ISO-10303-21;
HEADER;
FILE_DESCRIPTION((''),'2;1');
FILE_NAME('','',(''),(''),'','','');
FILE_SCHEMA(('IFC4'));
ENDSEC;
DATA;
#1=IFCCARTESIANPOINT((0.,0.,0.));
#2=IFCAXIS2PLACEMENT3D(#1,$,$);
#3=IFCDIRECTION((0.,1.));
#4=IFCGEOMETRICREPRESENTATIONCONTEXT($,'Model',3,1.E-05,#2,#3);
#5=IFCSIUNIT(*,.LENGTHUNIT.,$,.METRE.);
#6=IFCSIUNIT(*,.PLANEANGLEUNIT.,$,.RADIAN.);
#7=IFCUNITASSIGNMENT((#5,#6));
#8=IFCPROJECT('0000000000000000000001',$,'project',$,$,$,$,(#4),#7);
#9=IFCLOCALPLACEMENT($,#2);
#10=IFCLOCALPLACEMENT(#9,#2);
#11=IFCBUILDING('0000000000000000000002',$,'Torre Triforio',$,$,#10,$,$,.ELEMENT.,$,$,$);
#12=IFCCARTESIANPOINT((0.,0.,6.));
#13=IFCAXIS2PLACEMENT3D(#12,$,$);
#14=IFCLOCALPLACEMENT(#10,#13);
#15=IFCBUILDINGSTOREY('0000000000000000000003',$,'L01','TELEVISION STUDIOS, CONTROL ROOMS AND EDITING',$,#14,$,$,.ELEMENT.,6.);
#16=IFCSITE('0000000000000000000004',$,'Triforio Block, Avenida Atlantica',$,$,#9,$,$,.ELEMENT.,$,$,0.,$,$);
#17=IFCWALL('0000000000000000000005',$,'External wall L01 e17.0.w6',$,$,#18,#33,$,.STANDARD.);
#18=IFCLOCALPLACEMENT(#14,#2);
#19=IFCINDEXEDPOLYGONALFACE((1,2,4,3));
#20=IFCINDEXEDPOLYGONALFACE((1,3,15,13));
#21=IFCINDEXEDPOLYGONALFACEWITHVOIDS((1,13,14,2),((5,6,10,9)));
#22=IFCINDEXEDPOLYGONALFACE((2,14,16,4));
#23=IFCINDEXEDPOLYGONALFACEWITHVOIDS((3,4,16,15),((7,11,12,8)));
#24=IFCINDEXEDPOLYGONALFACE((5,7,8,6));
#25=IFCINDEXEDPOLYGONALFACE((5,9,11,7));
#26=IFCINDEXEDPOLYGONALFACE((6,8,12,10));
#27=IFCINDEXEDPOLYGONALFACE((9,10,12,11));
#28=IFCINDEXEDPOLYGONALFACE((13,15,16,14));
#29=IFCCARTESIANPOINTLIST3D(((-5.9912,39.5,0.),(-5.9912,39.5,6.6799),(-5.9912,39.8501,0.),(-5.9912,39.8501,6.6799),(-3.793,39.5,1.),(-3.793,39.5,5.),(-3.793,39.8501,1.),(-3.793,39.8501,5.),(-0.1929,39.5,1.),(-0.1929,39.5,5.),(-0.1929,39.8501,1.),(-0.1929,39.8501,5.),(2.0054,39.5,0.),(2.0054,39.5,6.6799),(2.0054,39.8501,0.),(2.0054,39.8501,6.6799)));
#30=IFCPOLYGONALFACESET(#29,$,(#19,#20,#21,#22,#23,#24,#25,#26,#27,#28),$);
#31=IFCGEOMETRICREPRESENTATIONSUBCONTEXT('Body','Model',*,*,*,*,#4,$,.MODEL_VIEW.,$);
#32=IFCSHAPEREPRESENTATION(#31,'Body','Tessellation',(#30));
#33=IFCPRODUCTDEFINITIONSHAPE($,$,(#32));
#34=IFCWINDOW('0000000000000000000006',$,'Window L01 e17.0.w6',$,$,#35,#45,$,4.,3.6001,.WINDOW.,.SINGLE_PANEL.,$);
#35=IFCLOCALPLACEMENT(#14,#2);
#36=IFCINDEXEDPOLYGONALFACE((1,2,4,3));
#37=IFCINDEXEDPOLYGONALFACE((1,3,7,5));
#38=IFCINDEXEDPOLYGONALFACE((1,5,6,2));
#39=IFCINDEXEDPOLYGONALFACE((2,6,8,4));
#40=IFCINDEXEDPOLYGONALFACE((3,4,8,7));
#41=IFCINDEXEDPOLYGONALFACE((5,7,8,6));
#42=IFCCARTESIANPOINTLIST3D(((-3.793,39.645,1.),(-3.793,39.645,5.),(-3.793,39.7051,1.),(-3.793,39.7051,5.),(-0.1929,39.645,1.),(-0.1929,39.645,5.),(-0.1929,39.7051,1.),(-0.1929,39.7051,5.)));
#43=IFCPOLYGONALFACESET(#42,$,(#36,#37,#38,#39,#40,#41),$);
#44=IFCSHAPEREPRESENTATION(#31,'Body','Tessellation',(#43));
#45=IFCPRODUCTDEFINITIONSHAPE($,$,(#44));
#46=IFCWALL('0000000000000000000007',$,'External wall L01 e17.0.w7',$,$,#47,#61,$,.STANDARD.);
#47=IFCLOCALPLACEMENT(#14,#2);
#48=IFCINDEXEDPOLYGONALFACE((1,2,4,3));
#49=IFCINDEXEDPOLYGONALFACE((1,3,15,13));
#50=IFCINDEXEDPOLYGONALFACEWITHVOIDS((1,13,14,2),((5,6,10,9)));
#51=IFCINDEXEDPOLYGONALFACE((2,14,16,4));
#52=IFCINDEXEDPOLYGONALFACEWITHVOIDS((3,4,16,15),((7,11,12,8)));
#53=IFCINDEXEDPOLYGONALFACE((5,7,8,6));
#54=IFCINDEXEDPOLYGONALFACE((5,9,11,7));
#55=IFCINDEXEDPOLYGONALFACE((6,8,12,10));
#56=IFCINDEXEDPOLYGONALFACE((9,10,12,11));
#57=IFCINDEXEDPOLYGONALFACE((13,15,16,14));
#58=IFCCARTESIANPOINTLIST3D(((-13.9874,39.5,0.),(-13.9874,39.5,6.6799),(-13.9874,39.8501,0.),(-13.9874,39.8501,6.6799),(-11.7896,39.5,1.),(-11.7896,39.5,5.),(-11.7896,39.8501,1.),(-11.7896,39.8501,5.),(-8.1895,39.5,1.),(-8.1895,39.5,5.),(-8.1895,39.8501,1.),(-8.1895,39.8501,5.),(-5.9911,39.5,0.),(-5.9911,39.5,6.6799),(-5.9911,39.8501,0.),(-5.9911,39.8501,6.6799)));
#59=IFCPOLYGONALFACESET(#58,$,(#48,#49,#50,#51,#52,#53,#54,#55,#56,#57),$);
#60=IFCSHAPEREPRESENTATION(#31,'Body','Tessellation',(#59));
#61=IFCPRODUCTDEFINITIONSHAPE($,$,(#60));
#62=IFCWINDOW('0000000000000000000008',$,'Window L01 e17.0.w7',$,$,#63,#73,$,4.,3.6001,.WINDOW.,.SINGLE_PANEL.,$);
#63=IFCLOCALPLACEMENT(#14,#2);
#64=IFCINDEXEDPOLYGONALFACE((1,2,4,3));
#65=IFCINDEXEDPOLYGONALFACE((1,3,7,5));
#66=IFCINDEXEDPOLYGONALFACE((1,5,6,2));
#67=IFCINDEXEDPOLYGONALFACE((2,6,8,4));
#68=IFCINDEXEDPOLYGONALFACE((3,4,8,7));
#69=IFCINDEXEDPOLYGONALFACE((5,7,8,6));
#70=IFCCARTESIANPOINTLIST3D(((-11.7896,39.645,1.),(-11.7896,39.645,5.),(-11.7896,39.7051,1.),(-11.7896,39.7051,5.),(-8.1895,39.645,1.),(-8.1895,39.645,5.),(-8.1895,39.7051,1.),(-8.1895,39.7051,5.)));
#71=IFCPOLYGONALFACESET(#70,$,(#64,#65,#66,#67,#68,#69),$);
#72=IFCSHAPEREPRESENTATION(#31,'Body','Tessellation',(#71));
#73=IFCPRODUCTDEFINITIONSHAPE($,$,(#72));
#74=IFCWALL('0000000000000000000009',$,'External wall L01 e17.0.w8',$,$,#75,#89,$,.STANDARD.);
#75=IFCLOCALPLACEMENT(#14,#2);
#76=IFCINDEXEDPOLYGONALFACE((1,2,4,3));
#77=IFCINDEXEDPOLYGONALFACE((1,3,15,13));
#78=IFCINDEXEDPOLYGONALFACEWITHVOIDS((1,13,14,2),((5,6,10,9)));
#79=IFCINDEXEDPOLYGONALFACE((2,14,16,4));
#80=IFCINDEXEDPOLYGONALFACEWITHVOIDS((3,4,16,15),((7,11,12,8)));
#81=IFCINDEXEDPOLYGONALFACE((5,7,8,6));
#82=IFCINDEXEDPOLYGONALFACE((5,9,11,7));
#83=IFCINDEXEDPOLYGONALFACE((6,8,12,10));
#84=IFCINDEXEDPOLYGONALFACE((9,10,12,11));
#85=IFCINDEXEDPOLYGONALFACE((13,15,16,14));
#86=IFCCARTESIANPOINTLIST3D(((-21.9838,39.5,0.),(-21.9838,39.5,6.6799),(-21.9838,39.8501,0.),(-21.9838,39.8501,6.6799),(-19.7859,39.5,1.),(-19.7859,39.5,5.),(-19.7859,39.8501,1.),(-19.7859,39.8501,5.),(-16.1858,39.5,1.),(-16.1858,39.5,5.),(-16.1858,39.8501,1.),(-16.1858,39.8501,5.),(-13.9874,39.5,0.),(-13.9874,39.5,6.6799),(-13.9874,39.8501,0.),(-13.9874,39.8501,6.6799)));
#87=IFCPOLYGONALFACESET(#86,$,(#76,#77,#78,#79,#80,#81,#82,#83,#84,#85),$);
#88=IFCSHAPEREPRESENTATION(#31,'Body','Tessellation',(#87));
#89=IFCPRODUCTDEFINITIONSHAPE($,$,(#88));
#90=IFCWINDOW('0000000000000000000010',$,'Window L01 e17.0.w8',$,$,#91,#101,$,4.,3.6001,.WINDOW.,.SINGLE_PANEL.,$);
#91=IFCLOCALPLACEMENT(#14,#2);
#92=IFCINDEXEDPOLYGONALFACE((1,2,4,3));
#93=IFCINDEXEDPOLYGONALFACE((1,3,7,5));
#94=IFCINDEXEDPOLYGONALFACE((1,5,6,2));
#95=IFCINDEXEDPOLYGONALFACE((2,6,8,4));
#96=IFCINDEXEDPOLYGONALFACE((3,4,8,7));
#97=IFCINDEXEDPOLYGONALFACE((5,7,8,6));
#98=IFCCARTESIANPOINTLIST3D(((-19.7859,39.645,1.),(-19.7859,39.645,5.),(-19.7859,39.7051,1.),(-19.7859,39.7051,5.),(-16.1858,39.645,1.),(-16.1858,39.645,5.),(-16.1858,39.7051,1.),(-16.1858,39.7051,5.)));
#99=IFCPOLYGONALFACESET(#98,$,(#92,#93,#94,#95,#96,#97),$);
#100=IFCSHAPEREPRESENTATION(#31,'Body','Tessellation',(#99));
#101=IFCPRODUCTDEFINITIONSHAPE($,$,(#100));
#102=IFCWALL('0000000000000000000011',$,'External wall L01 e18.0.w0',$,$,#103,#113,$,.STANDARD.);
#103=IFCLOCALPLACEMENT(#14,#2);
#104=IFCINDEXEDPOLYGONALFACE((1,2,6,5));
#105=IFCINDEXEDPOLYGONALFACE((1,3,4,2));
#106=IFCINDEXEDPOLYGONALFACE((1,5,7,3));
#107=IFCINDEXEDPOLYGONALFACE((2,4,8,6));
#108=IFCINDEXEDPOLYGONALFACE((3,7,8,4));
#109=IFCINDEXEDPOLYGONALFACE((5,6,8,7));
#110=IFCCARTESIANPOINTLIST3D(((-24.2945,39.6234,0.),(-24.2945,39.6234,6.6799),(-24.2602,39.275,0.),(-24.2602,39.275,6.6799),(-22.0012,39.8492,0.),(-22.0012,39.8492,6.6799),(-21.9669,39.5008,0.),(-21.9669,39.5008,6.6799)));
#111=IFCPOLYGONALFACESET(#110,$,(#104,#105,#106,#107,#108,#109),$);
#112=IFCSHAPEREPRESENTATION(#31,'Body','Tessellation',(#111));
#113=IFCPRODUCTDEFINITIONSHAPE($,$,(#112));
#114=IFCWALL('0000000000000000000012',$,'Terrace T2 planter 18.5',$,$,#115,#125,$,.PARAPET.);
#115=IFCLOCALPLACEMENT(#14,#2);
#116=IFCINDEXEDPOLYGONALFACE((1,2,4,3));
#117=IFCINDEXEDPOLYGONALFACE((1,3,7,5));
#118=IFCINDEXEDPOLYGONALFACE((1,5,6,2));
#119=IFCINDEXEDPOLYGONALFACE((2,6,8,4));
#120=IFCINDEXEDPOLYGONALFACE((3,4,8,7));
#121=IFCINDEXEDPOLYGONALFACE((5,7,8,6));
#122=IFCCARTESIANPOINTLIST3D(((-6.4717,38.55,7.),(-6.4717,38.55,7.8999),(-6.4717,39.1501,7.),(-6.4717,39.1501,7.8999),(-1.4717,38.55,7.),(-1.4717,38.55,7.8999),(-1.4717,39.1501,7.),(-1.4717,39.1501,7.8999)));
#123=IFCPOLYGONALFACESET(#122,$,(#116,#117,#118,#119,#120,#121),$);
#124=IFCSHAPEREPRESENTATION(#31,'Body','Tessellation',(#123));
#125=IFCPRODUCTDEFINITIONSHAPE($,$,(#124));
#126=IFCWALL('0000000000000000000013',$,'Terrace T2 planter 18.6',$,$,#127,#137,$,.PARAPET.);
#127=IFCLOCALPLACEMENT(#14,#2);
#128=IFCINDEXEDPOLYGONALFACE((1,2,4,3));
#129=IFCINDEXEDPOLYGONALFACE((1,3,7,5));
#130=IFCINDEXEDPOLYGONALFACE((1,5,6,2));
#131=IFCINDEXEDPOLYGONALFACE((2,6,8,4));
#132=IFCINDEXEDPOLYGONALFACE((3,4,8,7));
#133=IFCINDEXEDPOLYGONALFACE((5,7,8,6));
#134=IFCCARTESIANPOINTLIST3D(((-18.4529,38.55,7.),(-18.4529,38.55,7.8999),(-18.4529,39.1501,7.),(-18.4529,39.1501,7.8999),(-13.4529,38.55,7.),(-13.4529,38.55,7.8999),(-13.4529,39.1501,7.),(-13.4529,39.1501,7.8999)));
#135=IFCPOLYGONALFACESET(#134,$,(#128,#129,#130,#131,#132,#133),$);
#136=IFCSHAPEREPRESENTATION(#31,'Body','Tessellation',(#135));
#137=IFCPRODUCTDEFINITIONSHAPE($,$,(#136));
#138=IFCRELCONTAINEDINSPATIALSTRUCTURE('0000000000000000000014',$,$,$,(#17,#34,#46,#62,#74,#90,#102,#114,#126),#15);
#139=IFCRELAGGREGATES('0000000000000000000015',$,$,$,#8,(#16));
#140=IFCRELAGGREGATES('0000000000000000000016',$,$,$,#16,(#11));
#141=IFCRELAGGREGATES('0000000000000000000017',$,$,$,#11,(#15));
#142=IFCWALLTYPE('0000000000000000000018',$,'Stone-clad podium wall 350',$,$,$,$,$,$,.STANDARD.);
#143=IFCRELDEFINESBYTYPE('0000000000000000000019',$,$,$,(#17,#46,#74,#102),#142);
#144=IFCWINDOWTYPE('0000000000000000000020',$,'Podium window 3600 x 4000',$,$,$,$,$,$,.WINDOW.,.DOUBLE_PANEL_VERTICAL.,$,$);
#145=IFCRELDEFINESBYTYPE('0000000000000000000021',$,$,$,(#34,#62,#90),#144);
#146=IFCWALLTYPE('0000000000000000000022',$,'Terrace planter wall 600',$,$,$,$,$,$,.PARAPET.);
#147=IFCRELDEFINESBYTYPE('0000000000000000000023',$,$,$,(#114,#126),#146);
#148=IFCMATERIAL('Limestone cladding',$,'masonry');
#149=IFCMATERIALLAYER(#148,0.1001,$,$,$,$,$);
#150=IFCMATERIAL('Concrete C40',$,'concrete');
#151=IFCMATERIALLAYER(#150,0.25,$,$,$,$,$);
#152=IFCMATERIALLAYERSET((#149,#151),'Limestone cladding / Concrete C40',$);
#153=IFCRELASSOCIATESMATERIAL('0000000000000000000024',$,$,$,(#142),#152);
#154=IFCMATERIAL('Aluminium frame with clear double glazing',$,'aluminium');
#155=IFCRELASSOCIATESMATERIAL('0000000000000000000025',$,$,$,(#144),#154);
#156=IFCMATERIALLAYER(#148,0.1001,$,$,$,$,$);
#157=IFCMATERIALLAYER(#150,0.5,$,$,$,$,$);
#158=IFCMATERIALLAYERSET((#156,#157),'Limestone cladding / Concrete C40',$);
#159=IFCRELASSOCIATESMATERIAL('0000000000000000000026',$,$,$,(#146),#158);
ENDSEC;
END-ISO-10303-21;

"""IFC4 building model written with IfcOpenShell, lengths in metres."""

from ifc_helpers import new_model, si_unit, direction, frame, frame_2d, origin, place, context, subcontext, project, spatial, rectangle, extrude, material, layer, layer_set, type_object, element, fill, save


model = new_model("IFC4")

# Units and contexts
model_context = context("Model", 3, precision=1e-05, world=origin(), true_north=direction((0.0, 1.0)))
body_context = subcontext(model_context, "Body", "Model", "MODEL_VIEW")
ifc_project = project(units=[si_unit("LENGTHUNIT", "METRE"), si_unit("PLANEANGLEUNIT", "RADIAN")], contexts=[model_context])

# Site, building, storey
site_placement = place(None, origin())
site = spatial("IfcSite", under=ifc_project, at=site_placement, Name="Triforio Block, Avenida Atlantica", CompositionType="ELEMENT", RefElevation=0.0)
building_placement = place(site_placement, origin())
building = spatial("IfcBuilding", under=site, at=building_placement, Name="Torre Triforio", CompositionType="ELEMENT")
storey_placement = place(building_placement, frame((0.0, 0.0, 6.0)))
storey = spatial("IfcBuildingStorey", under=building, at=storey_placement, Name="L01", Description="TELEVISION STUDIOS, CONTROL ROOMS AND EDITING", CompositionType="ELEMENT", Elevation=6.0)

# Walls, openings, windows
ifc_material_1 = material(Name="Limestone cladding", Category="masonry")
ifc_layer_1 = layer(ifc_material_1, 0.1001)
ifc_material_2 = material(Name="Concrete C40", Category="concrete")
ifc_layer_2 = layer(ifc_material_2, 0.25)
ifc_layer_set_1 = layer_set([ifc_layer_1, ifc_layer_2], Name="Limestone cladding / Concrete C40")
wall_type_1 = type_object("IfcWallType", Name="Stone-clad podium wall 350", PredefinedType="STANDARD", material=ifc_layer_set_1)
wall_1_placement = place(storey_placement, frame((2.0054, 39.675, 0.0), z_axis=(0.0, 0.0, 1.0), x_axis=(-1.0, 0.0, 0.0)))
wall_1 = element("IfcWall", 1, at=wall_1_placement, inside=storey, type_object=wall_type_1, Name="External wall L01 e17.0.w6", PredefinedType="STANDARD", context=body_context, shape_type="SweptSolid", body=[
    extrude(rectangle(XDim=7.9966, YDim=0.3501, at=frame_2d((3.9983, 0.0))), origin(), (0.0, 0.0, 1.0), 6.6799),
])
opening_1_placement = place(wall_1_placement, frame((2.1982, 0.0, 1.0)))
opening_1 = element("IfcOpeningElement", 2, at=opening_1_placement, cuts=wall_1, PredefinedType="OPENING", context=body_context, shape_type="SweptSolid", body=[
    extrude(rectangle(XDim=3.6001, YDim=4.0, at=frame_2d((1.8, 2.0))), frame((0.0, 0.1851, 0.0), z_axis=(0.0, -1.0, 0.0), x_axis=(1.0, 0.0, 0.0)), (0.0, 0.0, 1.0), 0.3701),
])
ifc_material_3 = material(Name="Aluminium frame with clear double glazing", Category="aluminium")
window_type = type_object("IfcWindowType", Name="Podium window 3600 x 4000", PartitioningType="DOUBLE_PANEL_VERTICAL", PredefinedType="WINDOW", material=ifc_material_3)
window_1_placement = place(opening_1_placement, origin())
window_1 = element("IfcWindow", 3, at=window_1_placement, inside=storey, type_object=window_type, Name="Window L01 e17.0.w6", OverallHeight=4.0, OverallWidth=3.6001, PartitioningType="SINGLE_PANEL", PredefinedType="WINDOW", context=body_context, shape_type="SweptSolid", body=[
    extrude(rectangle(XDim=3.6001, YDim=4.0, at=frame_2d((1.8, 2.0))), frame((0.0, 0.03, 0.0), z_axis=(0.0, -1.0, 0.0), x_axis=(1.0, 0.0, 0.0)), (0.0, 0.0, 1.0), 0.0601),
])
fill(opening_1, window_1)
wall_2_placement = place(storey_placement, frame((-5.9912, 39.675, 0.0), z_axis=(0.0, 0.0, 1.0), x_axis=(-1.0, 0.0, 0.0)))
wall_2 = element("IfcWall", 4, at=wall_2_placement, inside=storey, type_object=wall_type_1, Name="External wall L01 e17.0.w7", PredefinedType="STANDARD", context=body_context, shape_type="SweptSolid", body=[
    extrude(rectangle(XDim=7.9963, YDim=0.3501, at=frame_2d((3.998, 0.0))), origin(), (0.0, 0.0, 1.0), 6.6799),
])
opening_2_placement = place(wall_2_placement, frame((2.1982, 0.0, 1.0)))
opening_2 = element("IfcOpeningElement", 5, at=opening_2_placement, cuts=wall_2, PredefinedType="OPENING", context=body_context, shape_type="SweptSolid", body=[
    extrude(rectangle(XDim=3.6001, YDim=4.0, at=frame_2d((1.8, 2.0))), frame((0.0, 0.1851, 0.0), z_axis=(0.0, -1.0, 0.0), x_axis=(1.0, 0.0, 0.0)), (0.0, 0.0, 1.0), 0.3701),
])
window_2_placement = place(opening_2_placement, origin())
window_2 = element("IfcWindow", 6, at=window_2_placement, inside=storey, type_object=window_type, Name="Window L01 e17.0.w7", OverallHeight=4.0, OverallWidth=3.6001, PartitioningType="SINGLE_PANEL", PredefinedType="WINDOW", context=body_context, shape_type="SweptSolid", body=[
    extrude(rectangle(XDim=3.6001, YDim=4.0, at=frame_2d((1.8, 2.0))), frame((0.0, 0.03, 0.0), z_axis=(0.0, -1.0, 0.0), x_axis=(1.0, 0.0, 0.0)), (0.0, 0.0, 1.0), 0.0601),
])
fill(opening_2, window_2)
wall_3_placement = place(storey_placement, frame((-13.9875, 39.675, 0.0), z_axis=(0.0, 0.0, 1.0), x_axis=(-1.0, 0.0, 0.0)))
wall_3 = element("IfcWall", 7, at=wall_3_placement, inside=storey, type_object=wall_type_1, Name="External wall L01 e17.0.w8", PredefinedType="STANDARD", context=body_context, shape_type="SweptSolid", body=[
    extrude(rectangle(XDim=7.9963, YDim=0.3501, at=frame_2d((3.998, 0.0))), origin(), (0.0, 0.0, 1.0), 6.6799),
])
opening_3_placement = place(wall_3_placement, frame((2.1982, 0.0, 1.0)))
opening_3 = element("IfcOpeningElement", 8, at=opening_3_placement, cuts=wall_3, PredefinedType="OPENING", context=body_context, shape_type="SweptSolid", body=[
    extrude(rectangle(XDim=3.6001, YDim=4.0, at=frame_2d((1.8, 2.0))), frame((0.0, 0.1851, 0.0), z_axis=(0.0, -1.0, 0.0), x_axis=(1.0, 0.0, 0.0)), (0.0, 0.0, 1.0), 0.3701),
])
window_3_placement = place(opening_3_placement, origin())
window_3 = element("IfcWindow", 9, at=window_3_placement, inside=storey, type_object=window_type, Name="Window L01 e17.0.w8", OverallHeight=4.0, OverallWidth=3.6001, PartitioningType="SINGLE_PANEL", PredefinedType="WINDOW", context=body_context, shape_type="SweptSolid", body=[
    extrude(rectangle(XDim=3.6001, YDim=4.0, at=frame_2d((1.8, 2.0))), frame((0.0, 0.03, 0.0), z_axis=(0.0, -1.0, 0.0), x_axis=(1.0, 0.0, 0.0)), (0.0, 0.0, 1.0), 0.0601),
])
fill(opening_3, window_3)

# Walls
wall_4_placement = place(storey_placement, frame((-21.9839, 39.675, 0.0), z_axis=(0.0, 0.0, 1.0), x_axis=(-0.995187, -0.097993, 0.0)))
element("IfcWall", 10, at=wall_4_placement, inside=storey, type_object=wall_type_1, Name="External wall L01 e18.0.w0", PredefinedType="STANDARD", context=body_context, shape_type="SweptSolid", body=[
    extrude(rectangle(XDim=2.3044, YDim=0.3501, at=frame_2d((1.1523, 0.0))), origin(), (0.0, 0.0, 1.0), 6.6799),
])
ifc_layer_3 = layer(ifc_material_1, 0.1001)
ifc_layer_4 = layer(ifc_material_2, 0.5)
ifc_layer_set_2 = layer_set([ifc_layer_3, ifc_layer_4], Name="Limestone cladding / Concrete C40")
wall_type_2 = type_object("IfcWallType", Name="Terrace planter wall 600", PredefinedType="PARAPET", material=ifc_layer_set_2)
for number, where, z_axis, x_axis, name in (
    (11, (-1.4717, 38.8501, 7.0), (0.0, 0.0, 1.0), (-1.0, 0.0, 0.0), "Terrace T2 planter 18.5"),
    (12, (-13.4529, 38.8501, 7.0), (0.0, 0.0, 1.0), (-1.0, 0.0, 0.0), "Terrace T2 planter 18.6"),
):
    element("IfcWall", number, at=place(storey_placement, frame(where, z_axis=z_axis, x_axis=x_axis)), inside=storey, type_object=wall_type_2, Name=name, PredefinedType="PARAPET", context=body_context, shape_type="SweptSolid", body=[
        extrude(rectangle(XDim=5.0, YDim=0.6001, at=frame_2d((2.5, 0.0))), origin(), (0.0, 0.0, 1.0), 0.8999),
    ])

save(model, "model.ifc")
